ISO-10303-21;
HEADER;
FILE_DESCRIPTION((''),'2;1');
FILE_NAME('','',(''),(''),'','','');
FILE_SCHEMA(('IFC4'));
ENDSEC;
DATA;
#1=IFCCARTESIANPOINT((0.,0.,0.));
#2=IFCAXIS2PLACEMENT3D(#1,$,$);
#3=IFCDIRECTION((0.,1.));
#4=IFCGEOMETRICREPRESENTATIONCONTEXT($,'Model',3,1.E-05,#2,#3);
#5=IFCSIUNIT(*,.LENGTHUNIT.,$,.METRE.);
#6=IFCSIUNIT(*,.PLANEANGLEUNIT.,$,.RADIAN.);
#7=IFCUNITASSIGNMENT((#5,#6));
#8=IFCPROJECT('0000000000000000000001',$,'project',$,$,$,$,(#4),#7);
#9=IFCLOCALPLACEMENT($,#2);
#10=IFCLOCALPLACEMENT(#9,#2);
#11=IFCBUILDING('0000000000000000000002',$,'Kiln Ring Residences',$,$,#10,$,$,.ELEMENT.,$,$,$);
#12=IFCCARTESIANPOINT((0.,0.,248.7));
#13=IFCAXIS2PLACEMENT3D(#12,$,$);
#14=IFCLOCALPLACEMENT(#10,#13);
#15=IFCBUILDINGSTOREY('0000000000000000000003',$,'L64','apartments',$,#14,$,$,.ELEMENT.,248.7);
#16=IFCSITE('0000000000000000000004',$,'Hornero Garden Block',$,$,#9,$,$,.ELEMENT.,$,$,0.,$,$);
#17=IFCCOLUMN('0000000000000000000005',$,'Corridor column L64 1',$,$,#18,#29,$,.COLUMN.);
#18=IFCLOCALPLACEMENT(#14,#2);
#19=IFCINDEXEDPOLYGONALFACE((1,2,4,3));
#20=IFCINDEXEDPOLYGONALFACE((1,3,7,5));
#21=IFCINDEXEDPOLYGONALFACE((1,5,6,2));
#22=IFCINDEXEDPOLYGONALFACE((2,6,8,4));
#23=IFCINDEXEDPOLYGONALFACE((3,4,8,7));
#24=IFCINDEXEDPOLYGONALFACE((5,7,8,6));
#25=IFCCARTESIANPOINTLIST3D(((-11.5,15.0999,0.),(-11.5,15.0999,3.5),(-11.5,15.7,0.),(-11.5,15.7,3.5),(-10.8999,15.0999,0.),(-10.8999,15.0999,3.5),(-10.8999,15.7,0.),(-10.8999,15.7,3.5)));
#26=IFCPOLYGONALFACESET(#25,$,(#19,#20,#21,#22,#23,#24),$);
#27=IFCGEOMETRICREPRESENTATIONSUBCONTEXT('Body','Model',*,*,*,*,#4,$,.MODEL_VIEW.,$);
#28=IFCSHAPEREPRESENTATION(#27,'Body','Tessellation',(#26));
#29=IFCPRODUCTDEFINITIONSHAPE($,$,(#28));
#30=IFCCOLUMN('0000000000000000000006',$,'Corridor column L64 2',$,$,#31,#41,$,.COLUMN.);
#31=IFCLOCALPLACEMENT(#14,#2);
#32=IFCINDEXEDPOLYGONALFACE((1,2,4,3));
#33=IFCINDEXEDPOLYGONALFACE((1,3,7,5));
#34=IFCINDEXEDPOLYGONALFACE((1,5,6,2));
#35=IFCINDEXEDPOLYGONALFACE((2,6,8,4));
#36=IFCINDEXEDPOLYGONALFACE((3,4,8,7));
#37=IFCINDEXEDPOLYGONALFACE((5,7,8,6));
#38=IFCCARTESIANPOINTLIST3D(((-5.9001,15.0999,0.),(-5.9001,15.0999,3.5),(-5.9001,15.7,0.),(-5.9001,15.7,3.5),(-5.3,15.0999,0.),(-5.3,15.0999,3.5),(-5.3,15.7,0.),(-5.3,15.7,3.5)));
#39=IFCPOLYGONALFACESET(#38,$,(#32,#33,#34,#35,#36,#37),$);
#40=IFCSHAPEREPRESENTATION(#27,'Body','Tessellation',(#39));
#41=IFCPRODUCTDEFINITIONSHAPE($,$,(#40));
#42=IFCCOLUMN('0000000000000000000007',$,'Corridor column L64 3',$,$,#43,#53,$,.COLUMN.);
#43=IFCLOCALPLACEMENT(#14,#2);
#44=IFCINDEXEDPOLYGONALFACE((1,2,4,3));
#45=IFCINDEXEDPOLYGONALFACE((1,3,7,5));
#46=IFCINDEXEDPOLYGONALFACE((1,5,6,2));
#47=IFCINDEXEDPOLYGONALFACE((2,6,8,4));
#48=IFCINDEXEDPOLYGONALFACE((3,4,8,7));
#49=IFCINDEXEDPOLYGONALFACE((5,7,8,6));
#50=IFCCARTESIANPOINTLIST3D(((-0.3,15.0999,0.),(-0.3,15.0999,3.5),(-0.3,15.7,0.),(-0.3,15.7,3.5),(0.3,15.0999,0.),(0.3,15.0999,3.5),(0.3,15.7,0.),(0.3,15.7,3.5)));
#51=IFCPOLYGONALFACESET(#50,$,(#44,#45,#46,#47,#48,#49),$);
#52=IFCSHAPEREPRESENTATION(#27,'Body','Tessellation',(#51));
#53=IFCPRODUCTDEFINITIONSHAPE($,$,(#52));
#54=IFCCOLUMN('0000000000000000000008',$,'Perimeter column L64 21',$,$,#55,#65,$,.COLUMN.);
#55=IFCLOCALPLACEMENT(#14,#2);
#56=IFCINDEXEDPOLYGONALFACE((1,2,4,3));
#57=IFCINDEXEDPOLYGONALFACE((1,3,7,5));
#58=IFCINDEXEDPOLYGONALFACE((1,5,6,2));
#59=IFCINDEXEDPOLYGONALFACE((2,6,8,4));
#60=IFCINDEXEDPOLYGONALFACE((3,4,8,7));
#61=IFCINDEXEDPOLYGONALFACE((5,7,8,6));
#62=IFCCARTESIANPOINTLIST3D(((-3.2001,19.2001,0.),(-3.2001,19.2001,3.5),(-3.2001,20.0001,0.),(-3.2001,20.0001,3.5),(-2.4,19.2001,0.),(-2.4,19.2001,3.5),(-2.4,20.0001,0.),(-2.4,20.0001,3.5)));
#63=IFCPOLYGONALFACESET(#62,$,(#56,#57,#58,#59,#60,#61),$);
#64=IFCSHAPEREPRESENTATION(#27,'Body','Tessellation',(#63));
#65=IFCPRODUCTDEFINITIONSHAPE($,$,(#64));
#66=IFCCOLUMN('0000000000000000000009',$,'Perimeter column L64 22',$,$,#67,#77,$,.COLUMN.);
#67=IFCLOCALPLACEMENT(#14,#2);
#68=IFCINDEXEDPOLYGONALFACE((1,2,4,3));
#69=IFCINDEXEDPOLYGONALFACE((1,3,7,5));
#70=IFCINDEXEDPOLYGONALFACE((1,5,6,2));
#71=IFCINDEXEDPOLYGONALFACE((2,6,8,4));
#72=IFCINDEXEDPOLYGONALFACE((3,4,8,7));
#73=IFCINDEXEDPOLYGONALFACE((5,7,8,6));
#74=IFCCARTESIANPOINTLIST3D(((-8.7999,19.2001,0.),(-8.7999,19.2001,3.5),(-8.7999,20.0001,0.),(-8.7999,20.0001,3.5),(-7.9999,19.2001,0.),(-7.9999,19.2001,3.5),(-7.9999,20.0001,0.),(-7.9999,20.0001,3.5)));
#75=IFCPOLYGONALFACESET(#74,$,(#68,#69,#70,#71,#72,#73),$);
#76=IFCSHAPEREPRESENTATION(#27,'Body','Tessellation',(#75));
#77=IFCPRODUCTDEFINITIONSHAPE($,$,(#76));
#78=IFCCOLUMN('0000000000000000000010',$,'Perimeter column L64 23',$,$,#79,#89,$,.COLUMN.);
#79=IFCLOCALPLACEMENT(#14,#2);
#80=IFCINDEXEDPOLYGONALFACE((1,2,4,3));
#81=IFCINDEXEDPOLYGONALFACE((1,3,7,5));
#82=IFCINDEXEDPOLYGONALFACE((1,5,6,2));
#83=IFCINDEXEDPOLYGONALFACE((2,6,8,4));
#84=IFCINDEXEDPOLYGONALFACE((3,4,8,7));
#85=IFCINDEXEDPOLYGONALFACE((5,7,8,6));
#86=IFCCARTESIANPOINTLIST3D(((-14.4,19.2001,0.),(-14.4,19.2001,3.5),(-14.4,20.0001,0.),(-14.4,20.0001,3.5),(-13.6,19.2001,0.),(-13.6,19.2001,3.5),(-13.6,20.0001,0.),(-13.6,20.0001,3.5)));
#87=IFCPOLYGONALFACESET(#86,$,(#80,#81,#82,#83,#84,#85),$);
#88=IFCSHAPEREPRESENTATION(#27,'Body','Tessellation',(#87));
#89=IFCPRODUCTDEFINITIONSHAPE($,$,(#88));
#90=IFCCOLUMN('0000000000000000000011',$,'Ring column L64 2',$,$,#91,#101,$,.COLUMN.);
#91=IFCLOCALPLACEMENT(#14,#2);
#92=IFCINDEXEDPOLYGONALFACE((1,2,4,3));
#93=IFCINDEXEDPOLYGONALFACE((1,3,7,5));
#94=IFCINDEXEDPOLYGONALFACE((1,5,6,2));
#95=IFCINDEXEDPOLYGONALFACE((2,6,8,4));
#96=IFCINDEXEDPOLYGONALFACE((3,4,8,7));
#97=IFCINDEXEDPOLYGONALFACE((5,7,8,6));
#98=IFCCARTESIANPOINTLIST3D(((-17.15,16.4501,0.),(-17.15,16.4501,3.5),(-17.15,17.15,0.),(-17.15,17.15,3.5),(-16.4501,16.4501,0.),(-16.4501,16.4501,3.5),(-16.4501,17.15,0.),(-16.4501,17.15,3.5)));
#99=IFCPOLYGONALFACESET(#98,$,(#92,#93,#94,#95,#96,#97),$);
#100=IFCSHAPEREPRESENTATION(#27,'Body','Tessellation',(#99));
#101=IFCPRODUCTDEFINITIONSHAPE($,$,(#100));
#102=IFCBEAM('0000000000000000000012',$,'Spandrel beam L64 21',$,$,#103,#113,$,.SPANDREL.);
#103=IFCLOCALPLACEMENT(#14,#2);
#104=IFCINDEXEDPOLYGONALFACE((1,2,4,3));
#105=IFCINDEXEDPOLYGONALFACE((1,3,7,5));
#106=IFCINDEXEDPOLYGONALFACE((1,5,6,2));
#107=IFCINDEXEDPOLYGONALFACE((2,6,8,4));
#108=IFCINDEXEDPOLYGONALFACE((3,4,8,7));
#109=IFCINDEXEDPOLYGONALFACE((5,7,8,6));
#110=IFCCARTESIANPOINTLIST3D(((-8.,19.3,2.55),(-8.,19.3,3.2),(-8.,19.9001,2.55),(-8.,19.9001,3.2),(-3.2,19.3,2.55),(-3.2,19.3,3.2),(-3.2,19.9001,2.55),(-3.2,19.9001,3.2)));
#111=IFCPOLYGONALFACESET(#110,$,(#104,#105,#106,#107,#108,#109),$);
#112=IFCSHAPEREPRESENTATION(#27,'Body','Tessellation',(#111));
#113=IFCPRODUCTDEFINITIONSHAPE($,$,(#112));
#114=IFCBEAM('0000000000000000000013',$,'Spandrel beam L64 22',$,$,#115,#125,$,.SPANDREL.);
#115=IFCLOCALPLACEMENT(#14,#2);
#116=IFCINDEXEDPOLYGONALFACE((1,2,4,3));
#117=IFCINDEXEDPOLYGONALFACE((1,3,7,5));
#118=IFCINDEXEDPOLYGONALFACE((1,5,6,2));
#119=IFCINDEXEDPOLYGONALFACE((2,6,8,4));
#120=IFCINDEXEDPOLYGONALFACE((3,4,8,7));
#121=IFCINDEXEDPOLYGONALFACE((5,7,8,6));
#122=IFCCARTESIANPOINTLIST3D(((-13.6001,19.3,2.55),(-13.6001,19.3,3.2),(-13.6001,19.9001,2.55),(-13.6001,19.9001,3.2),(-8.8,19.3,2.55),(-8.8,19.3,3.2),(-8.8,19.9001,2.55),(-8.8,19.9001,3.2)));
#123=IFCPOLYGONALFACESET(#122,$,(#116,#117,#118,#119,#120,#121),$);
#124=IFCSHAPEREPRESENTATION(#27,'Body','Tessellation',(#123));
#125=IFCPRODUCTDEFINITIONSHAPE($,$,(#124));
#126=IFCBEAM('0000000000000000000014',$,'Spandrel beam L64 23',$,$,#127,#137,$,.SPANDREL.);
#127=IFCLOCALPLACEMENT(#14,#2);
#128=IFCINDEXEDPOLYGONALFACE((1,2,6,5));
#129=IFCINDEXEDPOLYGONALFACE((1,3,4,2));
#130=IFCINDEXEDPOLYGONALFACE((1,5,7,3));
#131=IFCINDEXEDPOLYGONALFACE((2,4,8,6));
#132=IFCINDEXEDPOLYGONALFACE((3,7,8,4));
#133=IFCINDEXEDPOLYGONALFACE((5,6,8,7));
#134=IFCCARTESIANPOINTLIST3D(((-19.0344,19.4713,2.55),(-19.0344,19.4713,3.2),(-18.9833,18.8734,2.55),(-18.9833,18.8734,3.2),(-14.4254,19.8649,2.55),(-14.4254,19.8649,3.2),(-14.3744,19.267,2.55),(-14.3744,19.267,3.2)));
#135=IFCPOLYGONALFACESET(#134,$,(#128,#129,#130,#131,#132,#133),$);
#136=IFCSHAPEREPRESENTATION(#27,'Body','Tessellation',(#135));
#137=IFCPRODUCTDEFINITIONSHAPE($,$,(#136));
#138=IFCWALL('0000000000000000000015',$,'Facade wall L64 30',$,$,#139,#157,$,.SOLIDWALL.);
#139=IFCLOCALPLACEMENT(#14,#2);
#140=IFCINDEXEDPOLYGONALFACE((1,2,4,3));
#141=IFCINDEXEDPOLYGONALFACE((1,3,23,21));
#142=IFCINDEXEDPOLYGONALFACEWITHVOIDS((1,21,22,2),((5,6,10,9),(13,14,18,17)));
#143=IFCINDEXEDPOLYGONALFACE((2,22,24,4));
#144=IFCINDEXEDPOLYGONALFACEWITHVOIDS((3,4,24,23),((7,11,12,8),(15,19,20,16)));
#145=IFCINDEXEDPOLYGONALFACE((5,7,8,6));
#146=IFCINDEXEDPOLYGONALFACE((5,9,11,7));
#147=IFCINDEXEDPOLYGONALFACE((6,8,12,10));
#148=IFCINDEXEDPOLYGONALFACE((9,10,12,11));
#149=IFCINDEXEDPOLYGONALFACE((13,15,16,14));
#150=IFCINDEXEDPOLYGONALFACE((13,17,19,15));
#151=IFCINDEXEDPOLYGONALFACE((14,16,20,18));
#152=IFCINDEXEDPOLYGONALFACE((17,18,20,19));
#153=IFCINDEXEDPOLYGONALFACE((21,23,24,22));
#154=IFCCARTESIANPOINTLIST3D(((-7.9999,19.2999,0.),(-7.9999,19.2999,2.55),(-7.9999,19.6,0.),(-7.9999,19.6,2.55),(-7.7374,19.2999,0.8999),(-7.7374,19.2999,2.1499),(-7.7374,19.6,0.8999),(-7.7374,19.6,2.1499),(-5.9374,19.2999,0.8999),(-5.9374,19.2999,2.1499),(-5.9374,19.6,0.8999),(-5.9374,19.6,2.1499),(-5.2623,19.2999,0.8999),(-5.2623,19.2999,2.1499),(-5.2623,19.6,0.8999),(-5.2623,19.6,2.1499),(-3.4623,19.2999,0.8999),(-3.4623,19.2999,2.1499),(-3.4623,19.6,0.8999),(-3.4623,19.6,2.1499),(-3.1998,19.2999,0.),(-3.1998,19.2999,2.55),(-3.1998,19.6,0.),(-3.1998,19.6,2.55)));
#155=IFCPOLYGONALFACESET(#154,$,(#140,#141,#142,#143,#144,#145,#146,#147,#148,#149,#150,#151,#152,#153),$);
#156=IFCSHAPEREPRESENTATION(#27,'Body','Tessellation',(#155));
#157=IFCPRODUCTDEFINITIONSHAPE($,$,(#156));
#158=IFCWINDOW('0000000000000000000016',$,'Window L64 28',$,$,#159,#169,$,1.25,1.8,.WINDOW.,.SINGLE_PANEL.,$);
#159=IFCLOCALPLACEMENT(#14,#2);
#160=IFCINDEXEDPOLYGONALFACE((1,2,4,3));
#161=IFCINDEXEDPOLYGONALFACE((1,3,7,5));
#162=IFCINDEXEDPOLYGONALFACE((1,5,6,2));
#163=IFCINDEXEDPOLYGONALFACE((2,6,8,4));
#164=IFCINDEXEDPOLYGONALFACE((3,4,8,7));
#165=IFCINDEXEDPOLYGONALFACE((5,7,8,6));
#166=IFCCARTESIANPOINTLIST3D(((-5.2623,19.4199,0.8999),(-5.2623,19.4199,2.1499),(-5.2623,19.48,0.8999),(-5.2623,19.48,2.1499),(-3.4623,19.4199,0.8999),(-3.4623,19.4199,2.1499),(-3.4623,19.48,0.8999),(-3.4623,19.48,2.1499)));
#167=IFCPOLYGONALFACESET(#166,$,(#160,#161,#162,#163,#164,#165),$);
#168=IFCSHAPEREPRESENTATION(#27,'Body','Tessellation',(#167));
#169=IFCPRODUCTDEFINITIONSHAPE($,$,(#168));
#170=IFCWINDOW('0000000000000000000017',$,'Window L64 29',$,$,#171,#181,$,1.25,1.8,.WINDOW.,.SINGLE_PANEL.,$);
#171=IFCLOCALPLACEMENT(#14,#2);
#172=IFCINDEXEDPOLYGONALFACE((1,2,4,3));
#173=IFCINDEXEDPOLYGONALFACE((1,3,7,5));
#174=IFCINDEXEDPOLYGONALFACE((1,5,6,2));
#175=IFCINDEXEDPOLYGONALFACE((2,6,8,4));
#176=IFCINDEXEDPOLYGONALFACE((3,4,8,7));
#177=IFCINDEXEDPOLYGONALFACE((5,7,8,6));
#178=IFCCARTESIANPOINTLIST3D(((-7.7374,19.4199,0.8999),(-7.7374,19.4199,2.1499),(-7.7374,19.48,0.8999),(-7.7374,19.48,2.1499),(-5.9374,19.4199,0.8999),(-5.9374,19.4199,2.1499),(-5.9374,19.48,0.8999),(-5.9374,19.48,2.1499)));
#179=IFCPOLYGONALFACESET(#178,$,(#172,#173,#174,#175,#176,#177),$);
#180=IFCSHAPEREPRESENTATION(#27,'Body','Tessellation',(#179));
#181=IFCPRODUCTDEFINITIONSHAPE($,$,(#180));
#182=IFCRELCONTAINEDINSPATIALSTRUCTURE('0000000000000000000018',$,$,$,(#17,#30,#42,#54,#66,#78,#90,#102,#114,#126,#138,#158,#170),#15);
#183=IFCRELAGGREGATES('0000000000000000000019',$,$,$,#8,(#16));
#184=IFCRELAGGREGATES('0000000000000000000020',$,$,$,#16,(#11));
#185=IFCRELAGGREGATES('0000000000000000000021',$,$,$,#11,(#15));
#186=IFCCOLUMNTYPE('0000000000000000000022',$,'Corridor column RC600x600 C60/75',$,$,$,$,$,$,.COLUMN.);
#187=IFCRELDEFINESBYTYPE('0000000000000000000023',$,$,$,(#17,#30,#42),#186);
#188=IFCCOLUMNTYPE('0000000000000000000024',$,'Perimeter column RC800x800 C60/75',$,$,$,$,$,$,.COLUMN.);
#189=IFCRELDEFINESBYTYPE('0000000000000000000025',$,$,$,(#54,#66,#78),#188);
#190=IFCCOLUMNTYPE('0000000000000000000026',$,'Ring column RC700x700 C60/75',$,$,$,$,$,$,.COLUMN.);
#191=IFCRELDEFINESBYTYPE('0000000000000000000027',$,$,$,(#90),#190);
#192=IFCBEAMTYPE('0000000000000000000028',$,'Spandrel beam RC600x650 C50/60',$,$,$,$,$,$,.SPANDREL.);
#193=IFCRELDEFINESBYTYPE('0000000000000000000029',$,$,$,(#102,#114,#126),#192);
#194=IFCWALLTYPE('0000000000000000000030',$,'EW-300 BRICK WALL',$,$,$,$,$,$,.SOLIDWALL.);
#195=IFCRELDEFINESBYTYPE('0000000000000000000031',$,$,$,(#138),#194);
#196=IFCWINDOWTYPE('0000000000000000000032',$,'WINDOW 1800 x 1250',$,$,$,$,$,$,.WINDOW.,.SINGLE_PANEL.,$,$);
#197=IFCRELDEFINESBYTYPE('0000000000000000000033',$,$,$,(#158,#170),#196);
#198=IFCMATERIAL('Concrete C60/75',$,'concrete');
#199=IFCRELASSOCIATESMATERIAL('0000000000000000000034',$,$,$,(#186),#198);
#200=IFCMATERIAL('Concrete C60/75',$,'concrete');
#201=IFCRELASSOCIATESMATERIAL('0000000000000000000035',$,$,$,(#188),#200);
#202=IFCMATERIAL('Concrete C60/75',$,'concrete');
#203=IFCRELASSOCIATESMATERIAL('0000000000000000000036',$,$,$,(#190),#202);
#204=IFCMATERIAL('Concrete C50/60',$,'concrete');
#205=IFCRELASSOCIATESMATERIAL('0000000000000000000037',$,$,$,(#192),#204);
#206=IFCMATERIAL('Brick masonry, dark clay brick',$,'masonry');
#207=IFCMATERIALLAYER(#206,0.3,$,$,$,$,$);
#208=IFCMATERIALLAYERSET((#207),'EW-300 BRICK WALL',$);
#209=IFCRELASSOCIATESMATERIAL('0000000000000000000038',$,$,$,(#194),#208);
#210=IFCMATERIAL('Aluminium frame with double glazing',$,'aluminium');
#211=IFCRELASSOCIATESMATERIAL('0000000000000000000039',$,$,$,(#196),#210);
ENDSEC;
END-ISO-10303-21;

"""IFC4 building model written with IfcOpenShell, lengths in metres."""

from ifc_helpers import new_model, si_unit, direction, frame, frame_2d, origin, origin_2d, place, context, subcontext, project, spatial, rectangle, extrude, material, layer, layer_set, material_profile, profile_set, type_object, element, fill, save


model = new_model("IFC4")

# Units and contexts
model_context = context("Model", 3, precision=1e-05, world=origin(), true_north=direction((0.0, 1.0)))
body_context = subcontext(model_context, "Body", "Model", "MODEL_VIEW")
ifc_project = project(units=[si_unit("LENGTHUNIT", "METRE"), si_unit("PLANEANGLEUNIT", "RADIAN")], contexts=[model_context])

# Site, building, storey
site_placement = place(None, origin())
site = spatial("IfcSite", under=ifc_project, at=site_placement, Name="Hornero Garden Block", CompositionType="ELEMENT", RefElevation=0.0)
building_placement = place(site_placement, origin())
building = spatial("IfcBuilding", under=site, at=building_placement, Name="Kiln Ring Residences", CompositionType="ELEMENT")
storey_placement = place(building_placement, frame((0.0, 0.0, 248.7)))
storey = spatial("IfcBuildingStorey", under=building, at=storey_placement, Name="L64", Description="apartments", CompositionType="ELEMENT", Elevation=248.7)

# Columns
ifc_material_1 = material(Name="Concrete C60/75", Category="concrete")
ifc_material_profile_1 = material_profile(ifc_material_1, rectangle(XDim=0.6001, YDim=0.6001, at=origin_2d()), Name="RC600x600")
ifc_profile_set_1 = profile_set([ifc_material_profile_1], Name="Concrete C60/75")
column_type_1 = type_object("IfcColumnType", Name="Corridor column RC600x600 C60/75", PredefinedType="COLUMN", material=ifc_profile_set_1)
for number, where, z_axis, x_axis, name in (
    (1, (-11.2, 15.3999, 0.0), (0.0, 0.0, 1.0), (1.0, 0.0, 0.0), "Corridor column L64 1"),
    (2, (-5.6001, 15.3999, 0.0), (0.0, 0.0, 1.0), (1.0, 0.0, 0.0), "Corridor column L64 2"),
    (3, (0.0, 15.3999, 0.0), (0.0, 0.0, 1.0), (1.0, 0.0, 0.0), "Corridor column L64 3"),
):
    element("IfcColumn", number, at=place(storey_placement, frame(where, z_axis=z_axis, x_axis=x_axis)), inside=storey, type_object=column_type_1, Name=name, PredefinedType="COLUMN", context=body_context, shape_type="SweptSolid", body=[
        extrude(rectangle(XDim=0.6001, YDim=0.6001, at=origin_2d()), origin(), (0.0, 0.0, 1.0), 3.5),
    ])
ifc_material_2 = material(Name="Concrete C60/75", Category="concrete")
ifc_material_profile_2 = material_profile(ifc_material_2, rectangle(XDim=0.8, YDim=0.8, at=origin_2d()), Name="RC800x800")
ifc_profile_set_2 = profile_set([ifc_material_profile_2], Name="Concrete C60/75")
column_type_2 = type_object("IfcColumnType", Name="Perimeter column RC800x800 C60/75", PredefinedType="COLUMN", material=ifc_profile_set_2)
for number, where, z_axis, x_axis, name in (
    (4, (-2.8, 19.6001, 0.0), (0.0, 0.0, 1.0), (1.0, 0.0, 0.0), "Perimeter column L64 21"),
    (5, (-8.3999, 19.6001, 0.0), (0.0, 0.0, 1.0), (1.0, 0.0, 0.0), "Perimeter column L64 22"),
    (6, (-14.0, 19.6001, 0.0), (0.0, 0.0, 1.0), (1.0, 0.0, 0.0), "Perimeter column L64 23"),
):
    element("IfcColumn", number, at=place(storey_placement, frame(where, z_axis=z_axis, x_axis=x_axis)), inside=storey, type_object=column_type_2, Name=name, PredefinedType="COLUMN", context=body_context, shape_type="SweptSolid", body=[
        extrude(rectangle(XDim=0.8, YDim=0.8, at=origin_2d()), origin(), (0.0, 0.0, 1.0), 3.5),
    ])
ifc_material_3 = material(Name="Concrete C60/75", Category="concrete")
ifc_material_profile_3 = material_profile(ifc_material_3, rectangle(XDim=0.7, YDim=0.7, at=origin_2d()), Name="RC700x700")
ifc_profile_set_3 = profile_set([ifc_material_profile_3], Name="Concrete C60/75")
column_type_3 = type_object("IfcColumnType", Name="Ring column RC700x700 C60/75", PredefinedType="COLUMN", material=ifc_profile_set_3)
column_placement = place(storey_placement, frame((-16.8, 16.8, 0.0), z_axis=(0.0, 0.0, 1.0), x_axis=(1.0, 0.0, 0.0)))
element("IfcColumn", 7, at=column_placement, inside=storey, type_object=column_type_3, Name="Ring column L64 2", PredefinedType="COLUMN", context=body_context, shape_type="SweptSolid", body=[
    extrude(rectangle(XDim=0.7, YDim=0.7, at=origin_2d()), origin(), (0.0, 0.0, 1.0), 3.5),
])

# Beams
ifc_material_4 = material(Name="Concrete C50/60", Category="concrete")
ifc_material_profile_4 = material_profile(ifc_material_4, rectangle(XDim=0.6001, YDim=0.6499, at=origin_2d()), Name="RC600x650")
ifc_profile_set_4 = profile_set([ifc_material_profile_4], Name="Concrete C50/60")
beam_type = type_object("IfcBeamType", Name="Spandrel beam RC600x650 C50/60", PredefinedType="SPANDREL", material=ifc_profile_set_4)
for number, where, z_axis, x_axis, name in (
    (8, (-3.2, 19.6001, 2.875), (-1.0, 0.0, 0.0), (0.0, -1.0, 0.0), "Spandrel beam L64 21"),
    (9, (-8.8, 19.6001, 2.875), (-1.0, 0.0, 0.0), (0.0, -1.0, 0.0), "Spandrel beam L64 22"),
):
    element("IfcBeam", number, at=place(storey_placement, frame(where, z_axis=z_axis, x_axis=x_axis)), inside=storey, type_object=beam_type, Name=name, PredefinedType="SPANDREL", context=body_context, shape_type="SweptSolid", body=[
        extrude(rectangle(XDim=0.6001, YDim=0.6499, at=origin_2d()), origin(), (0.0, 0.0, 1.0), 4.8),
    ])
beam_placement = place(storey_placement, frame((-14.3999, 19.5659, 2.875), z_axis=(-0.996374, -0.085081, 0.0), x_axis=(0.085081, -0.996374, 0.0)))
element("IfcBeam", 10, at=beam_placement, inside=storey, type_object=beam_type, Name="Spandrel beam L64 23", PredefinedType="SPANDREL", context=body_context, shape_type="SweptSolid", body=[
    extrude(rectangle(XDim=0.6001, YDim=0.6499, at=origin_2d()), origin(), (0.0, 0.0, 1.0), 4.6257),
])

# Wall, openings, windows
ifc_material_5 = material(Name="Brick masonry, dark clay brick", Category="masonry")
ifc_layer_1 = layer(ifc_material_5, 0.3)
ifc_layer_set_1 = layer_set([ifc_layer_1], Name="EW-300 BRICK WALL")
wall_type_1 = type_object("IfcWallType", Name="EW-300 BRICK WALL", PredefinedType="SOLIDWALL", material=ifc_layer_set_1)
wall_1_placement = place(storey_placement, frame((-3.2, 19.45, 0.0), z_axis=(0.0, 0.0, 1.0), x_axis=(-1.0, 0.0, 0.0)))
wall_1 = element("IfcWall", 11, at=wall_1_placement, inside=storey, type_object=wall_type_1, Name="Facade wall L64 30", PredefinedType="SOLIDWALL", context=body_context, shape_type="SweptSolid", body=[
    extrude(rectangle(XDim=4.8, YDim=0.3, at=frame_2d((2.3999, 0.0))), origin(), (0.0, 0.0, 1.0), 2.55),
])
opening_1_placement = place(wall_1_placement, frame((0.2625, 0.0, 0.8999)))
opening_1 = element("IfcOpeningElement", 12, at=opening_1_placement, cuts=wall_1, PredefinedType="OPENING", context=body_context, shape_type="SweptSolid", body=[
    extrude(rectangle(XDim=1.8, YDim=1.25, at=frame_2d((0.8999, 0.625))), frame((0.0, 0.1599, 0.0), z_axis=(0.0, -1.0, 0.0), x_axis=(1.0, 0.0, 0.0)), (0.0, 0.0, 1.0), 0.3201),
])
opening_2_placement = place(wall_1_placement, frame((2.7375, 0.0, 0.8999)))
opening_2 = element("IfcOpeningElement", 13, at=opening_2_placement, cuts=wall_1, PredefinedType="OPENING", context=body_context, shape_type="SweptSolid", body=[
    extrude(rectangle(XDim=1.8, YDim=1.25, at=frame_2d((0.8999, 0.625))), frame((0.0, 0.1599, 0.0), z_axis=(0.0, -1.0, 0.0), x_axis=(1.0, 0.0, 0.0)), (0.0, 0.0, 1.0), 0.3201),
])
ifc_material_6 = material(Name="Aluminium frame with double glazing", Category="aluminium")
window_type_1 = type_object("IfcWindowType", Name="WINDOW 1800 x 1250", PartitioningType="SINGLE_PANEL", PredefinedType="WINDOW", material=ifc_material_6)
window_1_placement = place(opening_1_placement, origin())
window_1 = element("IfcWindow", 14, at=window_1_placement, inside=storey, type_object=window_type_1, Name="Window L64 28", OverallHeight=1.25, OverallWidth=1.8, PartitioningType="SINGLE_PANEL", PredefinedType="WINDOW", context=body_context, shape_type="SweptSolid", body=[
    extrude(rectangle(XDim=1.8, YDim=1.25, at=frame_2d((0.8999, 0.625))), frame((0.0, 0.03, 0.0), z_axis=(0.0, -1.0, 0.0), x_axis=(1.0, 0.0, 0.0)), (0.0, 0.0, 1.0), 0.0601),
])
fill(opening_1, window_1)
window_2_placement = place(opening_2_placement, origin())
window_2 = element("IfcWindow", 15, at=window_2_placement, inside=storey, type_object=window_type_1, Name="Window L64 29", OverallHeight=1.25, OverallWidth=1.8, PartitioningType="SINGLE_PANEL", PredefinedType="WINDOW", context=body_context, shape_type="SweptSolid", body=[
    extrude(rectangle(XDim=1.8, YDim=1.25, at=frame_2d((0.8999, 0.625))), frame((0.0, 0.03, 0.0), z_axis=(0.0, -1.0, 0.0), x_axis=(1.0, 0.0, 0.0)), (0.0, 0.0, 1.0), 0.0601),
])
fill(opening_2, window_2)

save(model, "model.ifc")
